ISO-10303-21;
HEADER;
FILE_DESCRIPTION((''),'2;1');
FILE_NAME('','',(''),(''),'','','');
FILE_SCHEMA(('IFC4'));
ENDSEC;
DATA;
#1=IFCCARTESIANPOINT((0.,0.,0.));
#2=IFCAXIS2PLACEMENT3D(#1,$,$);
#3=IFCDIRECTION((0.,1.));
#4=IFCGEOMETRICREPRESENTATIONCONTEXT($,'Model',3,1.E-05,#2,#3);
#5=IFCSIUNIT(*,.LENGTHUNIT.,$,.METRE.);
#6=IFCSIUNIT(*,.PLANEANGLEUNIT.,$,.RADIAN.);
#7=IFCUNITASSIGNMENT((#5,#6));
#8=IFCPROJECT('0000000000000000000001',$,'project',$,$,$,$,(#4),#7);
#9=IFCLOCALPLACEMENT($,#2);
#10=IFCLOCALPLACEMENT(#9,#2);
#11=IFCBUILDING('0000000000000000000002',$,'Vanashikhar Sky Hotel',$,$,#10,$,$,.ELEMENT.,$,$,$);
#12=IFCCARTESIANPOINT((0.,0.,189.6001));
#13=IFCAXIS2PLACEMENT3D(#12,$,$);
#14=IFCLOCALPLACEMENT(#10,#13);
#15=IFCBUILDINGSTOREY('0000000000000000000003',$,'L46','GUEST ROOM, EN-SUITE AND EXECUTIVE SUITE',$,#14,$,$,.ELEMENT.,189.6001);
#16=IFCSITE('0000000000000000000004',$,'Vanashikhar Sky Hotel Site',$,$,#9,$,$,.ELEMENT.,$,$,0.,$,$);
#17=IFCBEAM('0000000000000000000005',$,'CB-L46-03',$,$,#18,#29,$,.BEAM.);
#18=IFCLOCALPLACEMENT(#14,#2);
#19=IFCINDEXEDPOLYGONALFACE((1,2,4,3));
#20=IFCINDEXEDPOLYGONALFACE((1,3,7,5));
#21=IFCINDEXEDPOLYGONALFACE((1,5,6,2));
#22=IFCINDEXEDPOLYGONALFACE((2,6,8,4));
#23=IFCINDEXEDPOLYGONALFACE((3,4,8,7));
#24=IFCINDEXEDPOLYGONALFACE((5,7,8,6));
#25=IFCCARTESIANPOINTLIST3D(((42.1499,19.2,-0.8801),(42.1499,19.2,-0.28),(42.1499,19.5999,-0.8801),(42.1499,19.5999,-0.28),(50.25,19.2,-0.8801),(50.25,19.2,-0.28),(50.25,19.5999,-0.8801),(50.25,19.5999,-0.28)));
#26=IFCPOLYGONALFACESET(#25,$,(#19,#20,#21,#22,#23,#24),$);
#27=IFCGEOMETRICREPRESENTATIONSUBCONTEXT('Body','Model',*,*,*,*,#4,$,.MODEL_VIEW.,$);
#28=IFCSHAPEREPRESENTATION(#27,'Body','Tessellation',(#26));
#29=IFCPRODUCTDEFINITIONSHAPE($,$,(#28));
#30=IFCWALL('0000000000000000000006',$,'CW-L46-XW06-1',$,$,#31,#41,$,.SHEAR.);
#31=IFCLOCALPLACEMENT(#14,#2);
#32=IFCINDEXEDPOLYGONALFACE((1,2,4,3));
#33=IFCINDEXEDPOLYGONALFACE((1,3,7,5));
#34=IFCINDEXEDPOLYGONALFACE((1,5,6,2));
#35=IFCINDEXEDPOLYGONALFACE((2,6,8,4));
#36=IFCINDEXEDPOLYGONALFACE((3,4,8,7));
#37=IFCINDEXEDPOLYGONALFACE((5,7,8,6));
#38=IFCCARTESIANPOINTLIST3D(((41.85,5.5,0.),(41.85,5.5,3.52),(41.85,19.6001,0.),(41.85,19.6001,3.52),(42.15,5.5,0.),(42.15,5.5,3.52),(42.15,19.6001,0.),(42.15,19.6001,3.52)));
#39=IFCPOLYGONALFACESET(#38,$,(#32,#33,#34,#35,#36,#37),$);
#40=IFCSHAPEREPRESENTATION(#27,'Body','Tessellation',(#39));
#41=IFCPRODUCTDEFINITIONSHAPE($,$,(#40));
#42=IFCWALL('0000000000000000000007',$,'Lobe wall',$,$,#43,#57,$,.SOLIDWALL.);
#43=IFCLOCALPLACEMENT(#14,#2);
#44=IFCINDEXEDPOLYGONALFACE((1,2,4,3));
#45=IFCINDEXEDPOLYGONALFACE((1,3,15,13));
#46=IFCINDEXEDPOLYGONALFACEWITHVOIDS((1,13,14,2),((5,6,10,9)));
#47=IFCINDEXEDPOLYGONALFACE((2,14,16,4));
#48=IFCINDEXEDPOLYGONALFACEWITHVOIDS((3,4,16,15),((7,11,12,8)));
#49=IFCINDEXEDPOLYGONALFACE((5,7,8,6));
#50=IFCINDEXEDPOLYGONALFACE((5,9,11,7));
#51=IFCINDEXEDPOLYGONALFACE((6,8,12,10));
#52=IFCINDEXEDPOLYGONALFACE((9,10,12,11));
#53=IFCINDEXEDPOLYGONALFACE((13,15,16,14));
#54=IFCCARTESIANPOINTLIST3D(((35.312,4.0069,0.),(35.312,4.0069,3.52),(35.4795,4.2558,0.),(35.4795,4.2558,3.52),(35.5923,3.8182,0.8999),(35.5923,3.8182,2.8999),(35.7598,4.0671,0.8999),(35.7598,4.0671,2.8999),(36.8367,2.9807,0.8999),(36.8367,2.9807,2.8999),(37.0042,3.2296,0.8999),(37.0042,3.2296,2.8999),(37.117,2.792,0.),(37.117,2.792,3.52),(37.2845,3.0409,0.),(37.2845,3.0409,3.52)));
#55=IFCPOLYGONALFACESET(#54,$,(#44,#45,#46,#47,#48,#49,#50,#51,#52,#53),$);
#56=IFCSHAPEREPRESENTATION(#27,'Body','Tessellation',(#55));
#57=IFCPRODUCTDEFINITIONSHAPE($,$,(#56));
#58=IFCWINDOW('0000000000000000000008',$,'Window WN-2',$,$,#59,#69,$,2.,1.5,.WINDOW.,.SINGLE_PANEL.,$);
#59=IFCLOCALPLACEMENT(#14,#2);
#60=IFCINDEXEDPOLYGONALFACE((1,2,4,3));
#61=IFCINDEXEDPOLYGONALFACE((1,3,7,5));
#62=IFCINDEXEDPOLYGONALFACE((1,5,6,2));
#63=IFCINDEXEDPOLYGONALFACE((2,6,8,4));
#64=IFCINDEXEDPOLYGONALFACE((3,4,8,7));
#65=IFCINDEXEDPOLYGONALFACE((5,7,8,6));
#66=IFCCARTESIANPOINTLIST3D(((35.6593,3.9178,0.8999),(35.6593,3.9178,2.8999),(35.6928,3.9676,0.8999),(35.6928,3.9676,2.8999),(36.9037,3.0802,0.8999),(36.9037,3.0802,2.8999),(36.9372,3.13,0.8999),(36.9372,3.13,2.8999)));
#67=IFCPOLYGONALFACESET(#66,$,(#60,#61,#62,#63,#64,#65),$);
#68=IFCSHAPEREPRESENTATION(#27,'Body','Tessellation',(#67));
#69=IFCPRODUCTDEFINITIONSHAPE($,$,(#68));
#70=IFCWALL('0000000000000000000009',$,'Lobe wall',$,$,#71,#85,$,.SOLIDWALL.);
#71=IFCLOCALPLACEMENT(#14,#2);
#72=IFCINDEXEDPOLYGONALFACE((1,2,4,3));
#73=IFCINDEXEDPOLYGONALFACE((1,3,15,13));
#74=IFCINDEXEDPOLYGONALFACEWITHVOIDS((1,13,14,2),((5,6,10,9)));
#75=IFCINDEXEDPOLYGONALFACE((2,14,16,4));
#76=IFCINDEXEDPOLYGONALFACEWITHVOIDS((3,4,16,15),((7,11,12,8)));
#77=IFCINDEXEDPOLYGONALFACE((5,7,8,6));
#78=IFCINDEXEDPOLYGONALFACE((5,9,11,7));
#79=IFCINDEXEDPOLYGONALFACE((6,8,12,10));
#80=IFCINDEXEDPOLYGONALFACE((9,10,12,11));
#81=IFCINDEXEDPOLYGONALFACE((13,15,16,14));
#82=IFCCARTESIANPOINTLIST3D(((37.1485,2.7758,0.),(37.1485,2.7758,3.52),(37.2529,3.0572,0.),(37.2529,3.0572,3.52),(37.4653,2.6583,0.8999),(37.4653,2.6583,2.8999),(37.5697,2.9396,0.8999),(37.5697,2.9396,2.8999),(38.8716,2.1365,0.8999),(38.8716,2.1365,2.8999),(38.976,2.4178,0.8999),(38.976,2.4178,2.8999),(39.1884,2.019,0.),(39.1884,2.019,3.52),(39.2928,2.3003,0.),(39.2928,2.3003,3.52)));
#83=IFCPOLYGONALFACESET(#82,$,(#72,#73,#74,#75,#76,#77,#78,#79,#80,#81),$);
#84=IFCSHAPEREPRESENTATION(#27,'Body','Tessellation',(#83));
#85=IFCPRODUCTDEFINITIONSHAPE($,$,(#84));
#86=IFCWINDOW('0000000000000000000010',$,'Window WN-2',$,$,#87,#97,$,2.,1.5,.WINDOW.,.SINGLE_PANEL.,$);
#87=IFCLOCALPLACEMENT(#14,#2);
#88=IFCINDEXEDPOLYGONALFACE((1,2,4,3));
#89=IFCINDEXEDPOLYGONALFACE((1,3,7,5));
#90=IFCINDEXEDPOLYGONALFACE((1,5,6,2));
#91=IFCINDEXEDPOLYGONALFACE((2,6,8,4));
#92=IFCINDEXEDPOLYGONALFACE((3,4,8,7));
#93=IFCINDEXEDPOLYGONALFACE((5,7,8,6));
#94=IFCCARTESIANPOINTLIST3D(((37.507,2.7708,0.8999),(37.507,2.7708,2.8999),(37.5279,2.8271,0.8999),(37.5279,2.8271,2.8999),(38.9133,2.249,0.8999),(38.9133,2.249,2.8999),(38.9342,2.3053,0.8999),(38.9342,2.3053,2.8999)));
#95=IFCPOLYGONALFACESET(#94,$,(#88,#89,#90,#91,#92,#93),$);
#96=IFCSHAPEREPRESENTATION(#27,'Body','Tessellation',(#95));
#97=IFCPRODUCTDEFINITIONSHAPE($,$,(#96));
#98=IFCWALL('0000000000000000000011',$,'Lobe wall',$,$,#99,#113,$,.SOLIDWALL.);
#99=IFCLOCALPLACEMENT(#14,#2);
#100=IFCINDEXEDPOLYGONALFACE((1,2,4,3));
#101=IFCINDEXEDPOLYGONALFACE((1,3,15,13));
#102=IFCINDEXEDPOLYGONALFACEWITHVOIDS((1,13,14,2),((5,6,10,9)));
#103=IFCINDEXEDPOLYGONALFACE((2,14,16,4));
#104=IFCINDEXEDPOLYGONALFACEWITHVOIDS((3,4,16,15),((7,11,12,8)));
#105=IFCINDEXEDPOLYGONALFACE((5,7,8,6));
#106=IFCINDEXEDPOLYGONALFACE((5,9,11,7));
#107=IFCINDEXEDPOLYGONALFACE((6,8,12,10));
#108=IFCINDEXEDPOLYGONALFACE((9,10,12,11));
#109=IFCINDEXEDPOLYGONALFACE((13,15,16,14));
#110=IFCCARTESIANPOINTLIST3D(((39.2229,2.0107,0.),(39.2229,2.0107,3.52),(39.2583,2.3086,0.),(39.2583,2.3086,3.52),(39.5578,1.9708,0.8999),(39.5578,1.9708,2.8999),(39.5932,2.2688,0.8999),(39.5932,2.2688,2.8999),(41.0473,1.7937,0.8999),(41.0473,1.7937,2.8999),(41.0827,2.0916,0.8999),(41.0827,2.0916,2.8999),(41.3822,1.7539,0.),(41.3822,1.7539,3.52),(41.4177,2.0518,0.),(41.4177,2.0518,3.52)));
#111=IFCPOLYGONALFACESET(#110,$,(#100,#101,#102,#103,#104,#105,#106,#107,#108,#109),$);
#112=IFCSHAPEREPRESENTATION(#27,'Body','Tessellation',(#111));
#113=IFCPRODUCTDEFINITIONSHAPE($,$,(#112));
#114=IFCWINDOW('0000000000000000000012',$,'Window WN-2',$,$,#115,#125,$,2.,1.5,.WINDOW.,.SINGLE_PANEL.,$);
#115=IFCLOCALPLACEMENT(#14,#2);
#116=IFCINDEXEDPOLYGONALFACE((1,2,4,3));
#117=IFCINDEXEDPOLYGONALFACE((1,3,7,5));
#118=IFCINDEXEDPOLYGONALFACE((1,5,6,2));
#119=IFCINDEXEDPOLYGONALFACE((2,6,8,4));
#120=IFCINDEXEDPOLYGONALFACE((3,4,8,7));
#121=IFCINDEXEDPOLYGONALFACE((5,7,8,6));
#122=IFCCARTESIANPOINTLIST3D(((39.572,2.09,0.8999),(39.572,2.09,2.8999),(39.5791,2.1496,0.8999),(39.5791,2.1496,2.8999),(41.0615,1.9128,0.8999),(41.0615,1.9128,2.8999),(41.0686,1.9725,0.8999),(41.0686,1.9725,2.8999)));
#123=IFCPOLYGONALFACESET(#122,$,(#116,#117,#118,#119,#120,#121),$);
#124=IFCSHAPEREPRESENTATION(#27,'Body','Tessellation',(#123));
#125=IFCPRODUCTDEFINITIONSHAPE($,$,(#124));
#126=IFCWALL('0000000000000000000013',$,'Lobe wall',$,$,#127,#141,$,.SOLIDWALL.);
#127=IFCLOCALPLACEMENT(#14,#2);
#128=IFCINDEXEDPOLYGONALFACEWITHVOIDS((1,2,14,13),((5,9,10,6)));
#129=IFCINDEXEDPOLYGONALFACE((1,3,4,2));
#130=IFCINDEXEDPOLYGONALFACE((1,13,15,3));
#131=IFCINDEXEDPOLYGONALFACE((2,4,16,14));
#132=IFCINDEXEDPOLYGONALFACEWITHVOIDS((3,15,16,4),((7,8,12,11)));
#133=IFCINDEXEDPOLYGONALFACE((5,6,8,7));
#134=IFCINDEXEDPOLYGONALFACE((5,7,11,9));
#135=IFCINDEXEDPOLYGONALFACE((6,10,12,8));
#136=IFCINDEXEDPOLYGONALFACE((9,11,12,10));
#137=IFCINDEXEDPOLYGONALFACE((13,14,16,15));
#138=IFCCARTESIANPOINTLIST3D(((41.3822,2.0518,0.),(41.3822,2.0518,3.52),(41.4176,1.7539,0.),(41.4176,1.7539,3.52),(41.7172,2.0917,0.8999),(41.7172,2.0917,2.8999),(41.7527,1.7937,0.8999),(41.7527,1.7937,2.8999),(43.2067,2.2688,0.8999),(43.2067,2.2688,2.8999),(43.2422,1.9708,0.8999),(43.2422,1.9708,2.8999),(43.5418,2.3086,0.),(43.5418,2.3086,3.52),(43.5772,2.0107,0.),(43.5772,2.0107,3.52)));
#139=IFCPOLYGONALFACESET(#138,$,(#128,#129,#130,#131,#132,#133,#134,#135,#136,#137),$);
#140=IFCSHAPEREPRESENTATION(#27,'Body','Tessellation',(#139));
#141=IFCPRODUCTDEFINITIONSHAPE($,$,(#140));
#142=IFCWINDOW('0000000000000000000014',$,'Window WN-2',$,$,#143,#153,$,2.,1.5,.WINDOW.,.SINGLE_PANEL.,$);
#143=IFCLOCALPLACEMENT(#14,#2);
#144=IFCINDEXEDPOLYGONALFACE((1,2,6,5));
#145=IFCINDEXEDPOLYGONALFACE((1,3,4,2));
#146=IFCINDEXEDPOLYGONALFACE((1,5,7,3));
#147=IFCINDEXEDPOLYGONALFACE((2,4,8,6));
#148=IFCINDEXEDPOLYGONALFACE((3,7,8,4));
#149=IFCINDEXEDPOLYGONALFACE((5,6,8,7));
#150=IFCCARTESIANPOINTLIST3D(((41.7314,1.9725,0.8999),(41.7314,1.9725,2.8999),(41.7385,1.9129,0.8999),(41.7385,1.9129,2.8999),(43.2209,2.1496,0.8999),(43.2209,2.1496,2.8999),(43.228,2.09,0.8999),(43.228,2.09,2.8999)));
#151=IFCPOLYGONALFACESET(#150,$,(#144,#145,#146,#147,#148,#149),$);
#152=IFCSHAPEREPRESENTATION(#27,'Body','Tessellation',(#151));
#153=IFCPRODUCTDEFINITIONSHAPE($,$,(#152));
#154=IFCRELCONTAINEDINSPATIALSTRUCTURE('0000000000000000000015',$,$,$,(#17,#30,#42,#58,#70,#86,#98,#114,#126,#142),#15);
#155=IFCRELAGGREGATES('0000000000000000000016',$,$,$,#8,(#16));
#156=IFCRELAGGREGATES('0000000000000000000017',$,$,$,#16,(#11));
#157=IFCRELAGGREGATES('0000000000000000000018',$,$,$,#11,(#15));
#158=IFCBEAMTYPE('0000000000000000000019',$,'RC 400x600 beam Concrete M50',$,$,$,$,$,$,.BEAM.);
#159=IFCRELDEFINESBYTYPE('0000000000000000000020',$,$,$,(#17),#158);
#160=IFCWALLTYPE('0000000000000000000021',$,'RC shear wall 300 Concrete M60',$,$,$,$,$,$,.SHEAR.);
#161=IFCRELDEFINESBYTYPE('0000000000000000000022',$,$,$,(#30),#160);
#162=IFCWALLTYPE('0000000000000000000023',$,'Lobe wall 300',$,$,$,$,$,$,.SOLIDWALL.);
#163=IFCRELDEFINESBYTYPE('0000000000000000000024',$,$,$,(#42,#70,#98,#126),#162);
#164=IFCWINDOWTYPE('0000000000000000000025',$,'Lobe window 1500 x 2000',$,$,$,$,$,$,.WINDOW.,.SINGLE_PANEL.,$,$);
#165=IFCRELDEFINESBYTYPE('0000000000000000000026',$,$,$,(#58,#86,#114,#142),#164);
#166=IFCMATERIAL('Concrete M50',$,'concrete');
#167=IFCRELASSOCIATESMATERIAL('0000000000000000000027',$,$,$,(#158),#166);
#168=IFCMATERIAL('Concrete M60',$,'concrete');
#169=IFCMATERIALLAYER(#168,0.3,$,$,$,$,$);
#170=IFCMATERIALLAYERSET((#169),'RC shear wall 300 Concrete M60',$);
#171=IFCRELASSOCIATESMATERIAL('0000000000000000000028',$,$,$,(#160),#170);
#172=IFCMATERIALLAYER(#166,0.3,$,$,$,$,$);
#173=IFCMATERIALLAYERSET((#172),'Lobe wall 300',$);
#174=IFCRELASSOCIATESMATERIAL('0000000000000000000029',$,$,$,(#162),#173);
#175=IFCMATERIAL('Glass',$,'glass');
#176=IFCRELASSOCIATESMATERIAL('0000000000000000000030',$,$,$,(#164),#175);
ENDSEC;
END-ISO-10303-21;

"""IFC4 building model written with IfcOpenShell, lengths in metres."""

from ifc_helpers import new_model, si_unit, direction, frame, frame_2d, origin, origin_2d, place, context, subcontext, project, spatial, rectangle, extrude, source, transform, mapped, material, layer, layer_set, material_profile, profile_set, type_object, element, fill, save


model = new_model("IFC4")

# Units and contexts
model_context = context("Model", 3, precision=1e-05, world=origin(), true_north=direction((0.0, 1.0)))
body_context = subcontext(model_context, "Body", "Model", "MODEL_VIEW")
ifc_project = project(units=[si_unit("LENGTHUNIT", "METRE"), si_unit("PLANEANGLEUNIT", "RADIAN")], contexts=[model_context])

# Site, building, storey
site_placement = place(None, origin())
site = spatial("IfcSite", under=ifc_project, at=site_placement, Name="Vanashikhar Sky Hotel Site", CompositionType="ELEMENT", RefElevation=0.0)
building_placement = place(site_placement, origin())
building = spatial("IfcBuilding", under=site, at=building_placement, Name="Vanashikhar Sky Hotel", CompositionType="ELEMENT")
storey_placement = place(building_placement, frame((0.0, 0.0, 189.6001)))
storey = spatial("IfcBuildingStorey", under=building, at=storey_placement, Name="L46", Description="GUEST ROOM, EN-SUITE AND EXECUTIVE SUITE", CompositionType="ELEMENT", Elevation=189.6001)

# Beam
ifc_material_1 = material(Name="Concrete M50", Category="concrete")
ifc_material_profile_1 = material_profile(ifc_material_1, rectangle(XDim=0.3999, YDim=0.6001, at=origin_2d()))
ifc_profile_set_1 = profile_set([ifc_material_profile_1], Name="RC 400x600 beam Concrete M50")
beam_type = type_object("IfcBeamType", Name="RC 400x600 beam Concrete M50", PredefinedType="BEAM", material=ifc_profile_set_1)
shared_shape_1 = source(origin(), body_context, "Body", "SweptSolid", [
    extrude(rectangle(XDim=0.3999, YDim=0.6001, at=origin_2d()), origin(), (0.0, 0.0, 1.0), 8.1001),
])
beam_placement = place(storey_placement, frame((42.1499, 19.3999, -0.5801), z_axis=(1.0, 0.0, 0.0), x_axis=(0.0, 1.0, 0.0)))
element("IfcBeam", 1, at=beam_placement, inside=storey, type_object=beam_type, Name="CB-L46-03", PredefinedType="BEAM", context=body_context, shape_type="MappedRepresentation", body=[
    mapped(shared_shape_1, transform((0.0, 0.0, 0.0), scale=1.0)),
])

# Wall
ifc_material_2 = material(Name="Concrete M60", Category="concrete")
ifc_layer_1 = layer(ifc_material_2, 0.3)
ifc_layer_set_1 = layer_set([ifc_layer_1], Name="RC shear wall 300 Concrete M60")
wall_type_1 = type_object("IfcWallType", Name="RC shear wall 300 Concrete M60", PredefinedType="SHEAR", material=ifc_layer_set_1)
shared_shape_2 = source(origin(), body_context, "Body", "SweptSolid", [
    extrude(rectangle(XDim=14.1001, YDim=0.3, at=frame_2d((7.05, 0.0))), origin(), (0.0, 0.0, 1.0), 3.52),
])
wall_1_placement = place(storey_placement, frame((42.0, 5.5, 0.0), z_axis=(0.0, 0.0, 1.0), x_axis=(0.0, 1.0, 0.0)))
element("IfcWall", 2, at=wall_1_placement, inside=storey, type_object=wall_type_1, Name="CW-L46-XW06-1", PredefinedType="SHEAR", context=body_context, shape_type="MappedRepresentation", body=[
    mapped(shared_shape_2, transform((0.0, 0.0, 0.0), scale=1.0)),
])

# Walls, openings, windows
ifc_layer_2 = layer(ifc_material_1, 0.3)
ifc_layer_set_2 = layer_set([ifc_layer_2], Name="Lobe wall 300")
wall_type_2 = type_object("IfcWallType", Name="Lobe wall 300", PredefinedType="SOLIDWALL", material=ifc_layer_set_2)
shared_shape_3 = source(origin(), body_context, "Body", "SweptSolid", [
    extrude(rectangle(XDim=2.1758, YDim=0.3, at=frame_2d((1.0879, 0.0))), origin(), (0.0, 0.0, 1.0), 3.52),
])
wall_2_placement = place(storey_placement, frame((35.3958, 4.1313, 0.0), z_axis=(0.0, 0.0, 1.0), x_axis=(0.829591, -0.558372, 0.0)))
wall_2 = element("IfcWall", 3, at=wall_2_placement, inside=storey, type_object=wall_type_2, Name="Lobe wall", PredefinedType="SOLIDWALL", context=body_context, shape_type="MappedRepresentation", body=[
    mapped(shared_shape_3, transform((0.0, 0.0, 0.0), scale=1.0)),
])
shared_shape_4 = source(origin(), body_context, "Body", "SweptSolid", [
    extrude(rectangle(XDim=1.5, YDim=2.0, at=frame_2d((0.75, 1.0))), frame((0.0, 0.1602, 0.0), z_axis=(0.0, -1.0, 0.0), x_axis=(1.0, 0.0, 0.0)), (0.0, 0.0, 1.0), 0.3201),
])
opening_1_placement = place(wall_2_placement, frame((0.3379, 0.0, 0.8999)))
opening_1 = element("IfcOpeningElement", 4, at=opening_1_placement, cuts=wall_2, PredefinedType="OPENING", context=body_context, shape_type="MappedRepresentation", body=[
    mapped(shared_shape_4, transform((0.0, 0.0, 0.0), scale=1.0)),
])
ifc_material_3 = material(Name="Glass", Category="glass")
window_type = type_object("IfcWindowType", Name="Lobe window 1500 x 2000", PartitioningType="SINGLE_PANEL", PredefinedType="WINDOW", material=ifc_material_3)
shared_shape_5 = source(origin(), body_context, "Body", "SweptSolid", [
    extrude(rectangle(XDim=1.5, YDim=2.0, at=frame_2d((0.75, 1.0))), frame((0.0, 0.03, 0.0), z_axis=(0.0, -1.0, 0.0), x_axis=(1.0, 0.0, 0.0)), (0.0, 0.0, 1.0), 0.0601),
])
window_1_placement = place(opening_1_placement, origin())
window_1 = element("IfcWindow", 5, at=window_1_placement, inside=storey, type_object=window_type, Name="Window WN-2", OverallHeight=2.0, OverallWidth=1.5, PartitioningType="SINGLE_PANEL", PredefinedType="WINDOW", context=body_context, shape_type="MappedRepresentation", body=[
    mapped(shared_shape_5, transform((0.0, 0.0, 0.0), scale=1.0)),
])
fill(opening_1, window_1)
wall_3_placement = place(storey_placement, frame((37.2007, 2.9165, 0.0), z_axis=(0.0, 0.0, 1.0), x_axis=(0.937546, -0.347863, 0.0)))
wall_3 = element("IfcWall", 6, at=wall_3_placement, inside=storey, type_object=wall_type_2, Name="Lobe wall", PredefinedType="SOLIDWALL", context=body_context, shape_type="MappedRepresentation", body=[
    mapped(shared_shape_3, transform((0.0, 0.0, 0.0), scale=1.0)),
])
opening_2_placement = place(wall_3_placement, frame((0.3379, 0.0, 0.8999)))
opening_2 = element("IfcOpeningElement", 7, at=opening_2_placement, cuts=wall_3, PredefinedType="OPENING", context=body_context, shape_type="MappedRepresentation", body=[
    mapped(shared_shape_4, transform((0.0, 0.0, 0.0), scale=1.0)),
])
window_2_placement = place(opening_2_placement, origin())
window_2 = element("IfcWindow", 8, at=window_2_placement, inside=storey, type_object=window_type, Name="Window WN-2", OverallHeight=2.0, OverallWidth=1.5, PartitioningType="SINGLE_PANEL", PredefinedType="WINDOW", context=body_context, shape_type="MappedRepresentation", body=[
    mapped(shared_shape_5, transform((0.0, 0.0, 0.0), scale=1.0)),
])
fill(opening_2, window_2)
shared_shape_6 = source(origin(), body_context, "Body", "SweptSolid", [
    extrude(rectangle(XDim=2.1746, YDim=0.3, at=frame_2d((1.0874, 0.0))), origin(), (0.0, 0.0, 1.0), 3.52),
])
wall_4_placement = place(storey_placement, frame((39.2405, 2.1597, 0.0), z_axis=(0.0, 0.0, 1.0), x_axis=(0.993001, -0.118105, 0.0)))
wall_4 = element("IfcWall", 9, at=wall_4_placement, inside=storey, type_object=wall_type_2, Name="Lobe wall", PredefinedType="SOLIDWALL", context=body_context, shape_type="MappedRepresentation", body=[
    mapped(shared_shape_6, transform((0.0, 0.0, 0.0), scale=1.0)),
])
opening_3_placement = place(wall_4_placement, frame((0.3374, 0.0, 0.8999)))
opening_3 = element("IfcOpeningElement", 10, at=opening_3_placement, cuts=wall_4, PredefinedType="OPENING", context=body_context, shape_type="MappedRepresentation", body=[
    mapped(shared_shape_4, transform((0.0, 0.0, 0.0), scale=1.0)),
])
window_3_placement = place(opening_3_placement, origin())
window_3 = element("IfcWindow", 11, at=window_3_placement, inside=storey, type_object=window_type, Name="Window WN-2", OverallHeight=2.0, OverallWidth=1.5, PartitioningType="SINGLE_PANEL", PredefinedType="WINDOW", context=body_context, shape_type="MappedRepresentation", body=[
    mapped(shared_shape_5, transform((0.0, 0.0, 0.0), scale=1.0)),
])
fill(opening_3, window_3)
shared_shape_7 = source(origin(), body_context, "Body", "SweptSolid", [
    extrude(rectangle(XDim=2.1748, YDim=0.3, at=frame_2d((1.0874, 0.0))), origin(), (0.0, 0.0, 1.0), 3.52),
])
wall_5_placement = place(storey_placement, frame((41.3999, 1.9028, 0.0), z_axis=(0.0, 0.0, 1.0), x_axis=(0.993003, 0.118092, 0.0)))
wall_5 = element("IfcWall", 12, at=wall_5_placement, inside=storey, type_object=wall_type_2, Name="Lobe wall", PredefinedType="SOLIDWALL", context=body_context, shape_type="MappedRepresentation", body=[
    mapped(shared_shape_7, transform((0.0, 0.0, 0.0), scale=1.0)),
])
opening_4_placement = place(wall_5_placement, frame((0.3374, 0.0, 0.8999)))
opening_4 = element("IfcOpeningElement", 13, at=opening_4_placement, cuts=wall_5, PredefinedType="OPENING", context=body_context, shape_type="MappedRepresentation", body=[
    mapped(shared_shape_4, transform((0.0, 0.0, 0.0), scale=1.0)),
])
window_4_placement = place(opening_4_placement, origin())
window_4 = element("IfcWindow", 14, at=window_4_placement, inside=storey, type_object=window_type, Name="Window WN-2", OverallHeight=2.0, OverallWidth=1.5, PartitioningType="SINGLE_PANEL", PredefinedType="WINDOW", context=body_context, shape_type="MappedRepresentation", body=[
    mapped(shared_shape_5, transform((0.0, 0.0, 0.0), scale=1.0)),
])
fill(opening_4, window_4)

save(model, "model.ifc")
